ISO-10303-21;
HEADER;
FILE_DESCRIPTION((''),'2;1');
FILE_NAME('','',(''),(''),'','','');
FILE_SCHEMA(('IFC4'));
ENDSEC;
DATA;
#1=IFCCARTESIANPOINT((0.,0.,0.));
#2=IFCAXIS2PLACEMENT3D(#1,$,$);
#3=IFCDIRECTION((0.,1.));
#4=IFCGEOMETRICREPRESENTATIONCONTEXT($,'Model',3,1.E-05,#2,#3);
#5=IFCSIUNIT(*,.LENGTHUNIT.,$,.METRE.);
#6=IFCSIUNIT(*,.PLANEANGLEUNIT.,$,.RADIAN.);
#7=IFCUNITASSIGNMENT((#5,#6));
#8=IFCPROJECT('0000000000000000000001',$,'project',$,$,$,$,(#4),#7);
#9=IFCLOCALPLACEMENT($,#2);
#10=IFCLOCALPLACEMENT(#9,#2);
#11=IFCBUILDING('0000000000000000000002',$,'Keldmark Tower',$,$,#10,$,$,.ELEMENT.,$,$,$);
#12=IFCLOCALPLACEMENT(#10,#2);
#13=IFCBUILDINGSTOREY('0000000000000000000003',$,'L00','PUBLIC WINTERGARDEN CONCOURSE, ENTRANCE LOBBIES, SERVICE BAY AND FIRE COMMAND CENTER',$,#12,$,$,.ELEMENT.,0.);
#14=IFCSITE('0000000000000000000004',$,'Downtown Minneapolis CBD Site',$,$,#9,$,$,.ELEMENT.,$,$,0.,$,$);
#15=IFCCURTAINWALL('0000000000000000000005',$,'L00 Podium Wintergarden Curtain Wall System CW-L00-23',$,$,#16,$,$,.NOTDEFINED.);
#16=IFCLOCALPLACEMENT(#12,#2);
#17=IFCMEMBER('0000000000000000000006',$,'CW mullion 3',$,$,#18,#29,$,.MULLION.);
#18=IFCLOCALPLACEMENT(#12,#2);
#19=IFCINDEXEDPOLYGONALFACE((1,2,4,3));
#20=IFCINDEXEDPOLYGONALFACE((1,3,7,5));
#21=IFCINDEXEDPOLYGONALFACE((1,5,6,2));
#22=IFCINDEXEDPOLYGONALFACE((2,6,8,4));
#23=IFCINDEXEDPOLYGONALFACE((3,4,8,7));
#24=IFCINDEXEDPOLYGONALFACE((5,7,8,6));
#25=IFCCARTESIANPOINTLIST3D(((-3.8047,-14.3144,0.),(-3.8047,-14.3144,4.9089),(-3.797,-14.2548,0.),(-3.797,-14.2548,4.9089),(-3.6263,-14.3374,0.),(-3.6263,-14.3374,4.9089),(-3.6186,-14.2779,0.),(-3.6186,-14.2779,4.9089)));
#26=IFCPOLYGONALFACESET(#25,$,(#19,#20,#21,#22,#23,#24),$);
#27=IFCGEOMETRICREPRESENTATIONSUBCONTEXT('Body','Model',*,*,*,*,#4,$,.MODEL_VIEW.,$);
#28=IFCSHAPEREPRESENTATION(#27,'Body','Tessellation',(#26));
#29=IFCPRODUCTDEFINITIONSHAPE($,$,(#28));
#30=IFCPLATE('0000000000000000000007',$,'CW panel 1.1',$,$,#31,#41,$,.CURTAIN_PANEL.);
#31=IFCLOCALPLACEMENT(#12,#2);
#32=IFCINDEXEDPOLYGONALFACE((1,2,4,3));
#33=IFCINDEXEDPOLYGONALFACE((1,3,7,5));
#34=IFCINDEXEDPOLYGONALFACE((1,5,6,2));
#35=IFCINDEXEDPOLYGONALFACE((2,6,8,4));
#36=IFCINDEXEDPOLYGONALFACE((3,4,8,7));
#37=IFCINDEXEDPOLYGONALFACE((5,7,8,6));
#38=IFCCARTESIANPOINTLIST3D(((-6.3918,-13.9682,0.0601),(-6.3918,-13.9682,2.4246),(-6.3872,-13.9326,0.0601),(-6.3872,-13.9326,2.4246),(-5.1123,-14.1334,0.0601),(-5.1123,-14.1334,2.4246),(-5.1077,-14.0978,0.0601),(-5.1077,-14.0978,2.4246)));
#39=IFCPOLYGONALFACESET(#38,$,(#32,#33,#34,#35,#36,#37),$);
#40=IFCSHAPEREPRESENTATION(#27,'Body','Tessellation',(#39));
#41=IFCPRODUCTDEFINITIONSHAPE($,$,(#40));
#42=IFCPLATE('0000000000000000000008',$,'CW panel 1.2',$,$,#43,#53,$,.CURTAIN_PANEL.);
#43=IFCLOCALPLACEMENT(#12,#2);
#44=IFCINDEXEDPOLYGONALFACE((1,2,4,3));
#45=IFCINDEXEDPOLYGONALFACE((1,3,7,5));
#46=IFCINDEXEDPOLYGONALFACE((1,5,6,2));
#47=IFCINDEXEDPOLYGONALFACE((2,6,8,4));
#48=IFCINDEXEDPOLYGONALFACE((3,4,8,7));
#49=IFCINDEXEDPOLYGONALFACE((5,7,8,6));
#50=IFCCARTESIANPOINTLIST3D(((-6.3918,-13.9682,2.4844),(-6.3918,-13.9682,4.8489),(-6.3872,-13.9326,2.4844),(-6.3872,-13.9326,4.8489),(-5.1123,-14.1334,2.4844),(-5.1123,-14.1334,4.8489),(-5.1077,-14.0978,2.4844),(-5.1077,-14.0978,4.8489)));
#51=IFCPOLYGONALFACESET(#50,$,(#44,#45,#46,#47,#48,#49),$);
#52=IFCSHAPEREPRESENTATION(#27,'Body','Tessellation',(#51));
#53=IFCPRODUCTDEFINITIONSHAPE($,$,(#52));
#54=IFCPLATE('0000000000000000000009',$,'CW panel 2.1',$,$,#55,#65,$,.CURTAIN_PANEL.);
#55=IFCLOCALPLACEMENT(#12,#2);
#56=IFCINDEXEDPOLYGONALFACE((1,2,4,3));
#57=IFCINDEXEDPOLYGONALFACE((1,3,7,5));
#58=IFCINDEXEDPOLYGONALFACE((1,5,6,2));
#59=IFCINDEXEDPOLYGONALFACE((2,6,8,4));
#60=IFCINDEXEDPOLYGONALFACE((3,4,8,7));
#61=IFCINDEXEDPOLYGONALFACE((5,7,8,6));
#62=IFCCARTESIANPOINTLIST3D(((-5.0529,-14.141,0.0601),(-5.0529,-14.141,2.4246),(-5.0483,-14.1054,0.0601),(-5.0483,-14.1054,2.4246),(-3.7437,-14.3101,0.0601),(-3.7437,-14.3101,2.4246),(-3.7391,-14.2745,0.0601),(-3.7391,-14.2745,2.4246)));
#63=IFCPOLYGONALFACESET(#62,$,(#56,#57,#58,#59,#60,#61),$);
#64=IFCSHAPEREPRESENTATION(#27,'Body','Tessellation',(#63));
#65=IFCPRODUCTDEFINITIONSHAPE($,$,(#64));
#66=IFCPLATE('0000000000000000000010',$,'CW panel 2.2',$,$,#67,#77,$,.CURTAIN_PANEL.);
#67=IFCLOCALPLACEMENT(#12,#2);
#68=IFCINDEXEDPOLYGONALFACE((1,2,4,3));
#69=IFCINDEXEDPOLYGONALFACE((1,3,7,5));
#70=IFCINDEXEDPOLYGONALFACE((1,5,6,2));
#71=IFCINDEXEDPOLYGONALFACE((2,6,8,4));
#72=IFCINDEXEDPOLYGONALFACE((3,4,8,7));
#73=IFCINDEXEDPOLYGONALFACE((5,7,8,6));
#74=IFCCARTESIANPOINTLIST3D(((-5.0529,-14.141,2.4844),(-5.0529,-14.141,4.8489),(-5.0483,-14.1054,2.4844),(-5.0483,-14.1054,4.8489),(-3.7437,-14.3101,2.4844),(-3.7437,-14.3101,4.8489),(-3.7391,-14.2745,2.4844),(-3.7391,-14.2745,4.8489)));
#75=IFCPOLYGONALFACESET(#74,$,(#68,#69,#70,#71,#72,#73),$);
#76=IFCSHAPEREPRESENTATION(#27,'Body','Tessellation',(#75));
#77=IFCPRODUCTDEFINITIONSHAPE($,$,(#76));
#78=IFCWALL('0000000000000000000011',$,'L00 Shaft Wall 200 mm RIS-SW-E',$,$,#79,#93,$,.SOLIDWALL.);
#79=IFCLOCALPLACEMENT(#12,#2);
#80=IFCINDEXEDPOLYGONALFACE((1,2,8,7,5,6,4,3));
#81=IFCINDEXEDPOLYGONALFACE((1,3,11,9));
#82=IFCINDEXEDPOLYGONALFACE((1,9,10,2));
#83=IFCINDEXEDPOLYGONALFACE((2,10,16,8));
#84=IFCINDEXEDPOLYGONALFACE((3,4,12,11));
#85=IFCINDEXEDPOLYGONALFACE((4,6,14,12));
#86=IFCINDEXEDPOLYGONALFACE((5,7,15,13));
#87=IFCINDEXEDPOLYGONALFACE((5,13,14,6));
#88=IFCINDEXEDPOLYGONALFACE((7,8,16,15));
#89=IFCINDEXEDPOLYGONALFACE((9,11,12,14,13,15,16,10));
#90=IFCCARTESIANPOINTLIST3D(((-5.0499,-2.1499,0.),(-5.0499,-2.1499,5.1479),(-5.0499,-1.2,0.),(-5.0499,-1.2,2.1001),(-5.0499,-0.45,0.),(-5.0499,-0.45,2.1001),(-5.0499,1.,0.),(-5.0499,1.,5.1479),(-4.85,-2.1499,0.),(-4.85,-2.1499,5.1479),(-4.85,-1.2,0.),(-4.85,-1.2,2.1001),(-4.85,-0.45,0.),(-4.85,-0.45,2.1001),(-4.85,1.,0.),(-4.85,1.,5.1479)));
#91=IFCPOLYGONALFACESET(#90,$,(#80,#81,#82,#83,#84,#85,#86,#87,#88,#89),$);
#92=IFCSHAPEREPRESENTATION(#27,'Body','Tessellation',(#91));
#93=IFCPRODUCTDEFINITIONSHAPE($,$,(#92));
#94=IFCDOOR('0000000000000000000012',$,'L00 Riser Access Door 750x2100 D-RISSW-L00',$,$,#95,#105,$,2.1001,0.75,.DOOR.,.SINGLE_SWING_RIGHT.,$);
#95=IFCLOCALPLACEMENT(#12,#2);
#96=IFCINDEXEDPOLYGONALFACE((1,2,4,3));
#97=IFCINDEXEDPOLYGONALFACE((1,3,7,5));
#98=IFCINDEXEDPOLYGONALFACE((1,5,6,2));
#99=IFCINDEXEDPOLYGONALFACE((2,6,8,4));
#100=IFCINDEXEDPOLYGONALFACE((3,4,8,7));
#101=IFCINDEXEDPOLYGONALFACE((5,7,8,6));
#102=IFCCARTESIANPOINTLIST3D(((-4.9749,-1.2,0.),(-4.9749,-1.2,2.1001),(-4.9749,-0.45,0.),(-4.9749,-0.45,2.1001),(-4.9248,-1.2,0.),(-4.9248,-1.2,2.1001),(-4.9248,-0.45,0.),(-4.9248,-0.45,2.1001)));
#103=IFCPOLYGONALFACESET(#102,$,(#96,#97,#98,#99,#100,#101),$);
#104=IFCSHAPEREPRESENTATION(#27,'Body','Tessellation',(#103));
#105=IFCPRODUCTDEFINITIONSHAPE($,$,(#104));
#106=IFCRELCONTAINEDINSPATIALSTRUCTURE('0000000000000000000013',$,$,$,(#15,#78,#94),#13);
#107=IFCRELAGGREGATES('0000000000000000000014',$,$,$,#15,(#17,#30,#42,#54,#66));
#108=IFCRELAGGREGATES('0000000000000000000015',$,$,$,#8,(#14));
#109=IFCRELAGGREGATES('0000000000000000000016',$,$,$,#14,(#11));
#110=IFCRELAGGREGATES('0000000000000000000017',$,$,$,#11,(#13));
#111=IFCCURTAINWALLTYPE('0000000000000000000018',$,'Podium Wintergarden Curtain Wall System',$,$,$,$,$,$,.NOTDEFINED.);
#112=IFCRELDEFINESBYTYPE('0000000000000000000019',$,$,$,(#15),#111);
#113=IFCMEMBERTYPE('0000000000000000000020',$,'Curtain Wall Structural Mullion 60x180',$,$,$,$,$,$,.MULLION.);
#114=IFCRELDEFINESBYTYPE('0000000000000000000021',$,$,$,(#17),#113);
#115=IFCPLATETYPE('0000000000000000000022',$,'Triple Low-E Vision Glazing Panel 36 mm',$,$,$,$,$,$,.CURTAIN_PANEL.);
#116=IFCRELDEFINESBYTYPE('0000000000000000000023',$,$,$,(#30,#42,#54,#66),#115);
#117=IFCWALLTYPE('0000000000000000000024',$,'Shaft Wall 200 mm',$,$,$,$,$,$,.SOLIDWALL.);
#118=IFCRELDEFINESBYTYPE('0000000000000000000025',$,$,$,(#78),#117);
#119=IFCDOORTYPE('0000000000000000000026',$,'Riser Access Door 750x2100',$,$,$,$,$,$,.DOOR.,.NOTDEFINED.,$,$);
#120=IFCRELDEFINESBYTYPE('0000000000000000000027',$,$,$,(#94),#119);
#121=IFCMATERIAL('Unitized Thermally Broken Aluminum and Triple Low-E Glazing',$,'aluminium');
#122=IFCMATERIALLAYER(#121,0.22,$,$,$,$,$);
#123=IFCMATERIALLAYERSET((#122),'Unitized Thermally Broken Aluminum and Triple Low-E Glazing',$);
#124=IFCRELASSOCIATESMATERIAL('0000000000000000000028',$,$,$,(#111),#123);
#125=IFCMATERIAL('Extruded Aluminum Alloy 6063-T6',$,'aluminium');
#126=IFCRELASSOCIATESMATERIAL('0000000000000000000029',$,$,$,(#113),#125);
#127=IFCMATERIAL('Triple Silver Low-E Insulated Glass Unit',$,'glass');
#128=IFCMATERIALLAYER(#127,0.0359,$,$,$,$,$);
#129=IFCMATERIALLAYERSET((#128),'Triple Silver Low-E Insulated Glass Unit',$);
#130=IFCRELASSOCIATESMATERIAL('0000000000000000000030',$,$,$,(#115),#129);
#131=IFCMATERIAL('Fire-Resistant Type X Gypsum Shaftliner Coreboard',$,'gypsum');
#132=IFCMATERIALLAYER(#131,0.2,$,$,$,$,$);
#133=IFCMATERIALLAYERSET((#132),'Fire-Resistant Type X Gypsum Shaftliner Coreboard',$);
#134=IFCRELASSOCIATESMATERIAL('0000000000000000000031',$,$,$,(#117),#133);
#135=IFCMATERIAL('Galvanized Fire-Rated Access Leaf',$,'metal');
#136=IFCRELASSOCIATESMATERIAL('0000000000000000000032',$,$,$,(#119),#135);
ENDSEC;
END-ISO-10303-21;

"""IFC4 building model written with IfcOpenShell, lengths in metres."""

from ifc_helpers import new_model, si_unit, direction, frame, frame_2d, origin, origin_2d, place, context, subcontext, project, spatial, rectangle, extrude, material, layer, layer_set, material_profile, profile_set, type_object, element, fill, aggregate, save


model = new_model("IFC4")

# Units and contexts
model_context = context("Model", 3, precision=1e-05, world=origin(), true_north=direction((0.0, 1.0)))
body_context = subcontext(model_context, "Body", "Model", "MODEL_VIEW")
ifc_project = project(units=[si_unit("LENGTHUNIT", "METRE"), si_unit("PLANEANGLEUNIT", "RADIAN")], contexts=[model_context])

# Site, building, storey
site_placement = place(None, origin())
site = spatial("IfcSite", under=ifc_project, at=site_placement, Name="Downtown Minneapolis CBD Site", CompositionType="ELEMENT", RefElevation=0.0)
building_placement = place(site_placement, origin())
building = spatial("IfcBuilding", under=site, at=building_placement, Name="Keldmark Tower", CompositionType="ELEMENT")
storey_placement = place(building_placement, origin())
storey = spatial("IfcBuildingStorey", under=building, at=storey_placement, Name="L00", Description="PUBLIC WINTERGARDEN CONCOURSE, ENTRANCE LOBBIES, SERVICE BAY AND FIRE COMMAND CENTER", CompositionType="ELEMENT", Elevation=0.0)

# Curtain wall, member, plates
ifc_material_1 = material(Name="Unitized Thermally Broken Aluminum and Triple Low-E Glazing", Category="aluminium")
ifc_layer_1 = layer(ifc_material_1, 0.22)
ifc_layer_set_1 = layer_set([ifc_layer_1], Name="Unitized Thermally Broken Aluminum and Triple Low-E Glazing")
curtain_wall_type = type_object("IfcCurtainWallType", Name="Podium Wintergarden Curtain Wall System", PredefinedType="NOTDEFINED", material=ifc_layer_set_1)
curtain_wall_placement = place(storey_placement, origin())
curtain_wall = element("IfcCurtainWall", 1, at=curtain_wall_placement, inside=storey, type_object=curtain_wall_type, Name="L00 Podium Wintergarden Curtain Wall System CW-L00-23", PredefinedType="NOTDEFINED")
ifc_material_2 = material(Name="Extruded Aluminum Alloy 6063-T6", Category="aluminium")
ifc_material_profile_1 = material_profile(ifc_material_2, rectangle(XDim=0.0601, YDim=0.1799, at=origin_2d()), Name="CWM60X180")
ifc_profile_set_1 = profile_set([ifc_material_profile_1], Name="Extruded Aluminum Alloy 6063-T6")
member_type_1 = type_object("IfcMemberType", Name="Curtain Wall Structural Mullion 60x180", PredefinedType="MULLION", material=ifc_profile_set_1)
member_1_placement = place(storey_placement, frame((-3.7117, -14.2961, 0.0), z_axis=(0.0, 0.0, 1.0), x_axis=(0.128062, 0.991766, 0.0)))
member_1 = element("IfcMember", 2, at=member_1_placement, type_object=member_type_1, Name="CW mullion 3", PredefinedType="MULLION", context=body_context, shape_type="SweptSolid", body=[
    extrude(rectangle(XDim=0.0601, YDim=0.1799, at=origin_2d()), origin(), (0.0, 0.0, 1.0), 4.9089),
])
ifc_material_3 = material(Name="Triple Silver Low-E Insulated Glass Unit", Category="glass")
ifc_layer_2 = layer(ifc_material_3, 0.0359)
ifc_layer_set_2 = layer_set([ifc_layer_2], Name="Triple Silver Low-E Insulated Glass Unit")
plate_type = type_object("IfcPlateType", Name="Triple Low-E Vision Glazing Panel 36 mm", PredefinedType="CURTAIN_PANEL", material=ifc_layer_set_2)
plate_1_placement = place(storey_placement, frame((-5.7498, -14.033, 0.0601), z_axis=(0.0, 0.0, 1.0), x_axis=(0.991766, -0.128062, 0.0)))
plate_1 = element("IfcPlate", 3, at=plate_1_placement, type_object=plate_type, Name="CW panel 1.1", PredefinedType="CURTAIN_PANEL", context=body_context, shape_type="SweptSolid", body=[
    extrude(rectangle(XDim=1.29, YDim=0.0359, at=origin_2d()), origin(), (0.0, 0.0, 1.0), 2.3645),
])
plate_2_placement = place(storey_placement, frame((-5.7498, -14.033, 2.4844), z_axis=(0.0, 0.0, 1.0), x_axis=(0.991766, -0.128062, 0.0)))
plate_2 = element("IfcPlate", 4, at=plate_2_placement, type_object=plate_type, Name="CW panel 1.2", PredefinedType="CURTAIN_PANEL", context=body_context, shape_type="SweptSolid", body=[
    extrude(rectangle(XDim=1.29, YDim=0.0359, at=origin_2d()), origin(), (0.0, 0.0, 1.0), 2.3645),
])
plate_3_placement = place(storey_placement, frame((-4.396, -14.2078, 0.0601), z_axis=(0.0, 0.0, 1.0), x_axis=(0.991766, -0.128062, 0.0)))
plate_3 = element("IfcPlate", 5, at=plate_3_placement, type_object=plate_type, Name="CW panel 2.1", PredefinedType="CURTAIN_PANEL", context=body_context, shape_type="SweptSolid", body=[
    extrude(rectangle(XDim=1.3201, YDim=0.0359, at=origin_2d()), origin(), (0.0, 0.0, 1.0), 2.3645),
])
plate_4_placement = place(storey_placement, frame((-4.396, -14.2078, 2.4844), z_axis=(0.0, 0.0, 1.0), x_axis=(0.991766, -0.128062, 0.0)))
plate_4 = element("IfcPlate", 6, at=plate_4_placement, type_object=plate_type, Name="CW panel 2.2", PredefinedType="CURTAIN_PANEL", context=body_context, shape_type="SweptSolid", body=[
    extrude(rectangle(XDim=1.3201, YDim=0.0359, at=origin_2d()), origin(), (0.0, 0.0, 1.0), 2.3645),
])
aggregate(curtain_wall, [member_1, plate_1, plate_2, plate_3, plate_4])

# Wall, opening, door
ifc_material_4 = material(Name="Fire-Resistant Type X Gypsum Shaftliner Coreboard", Category="gypsum")
ifc_layer_3 = layer(ifc_material_4, 0.2)
ifc_layer_set_3 = layer_set([ifc_layer_3], Name="Fire-Resistant Type X Gypsum Shaftliner Coreboard")
wall_type_1 = type_object("IfcWallType", Name="Shaft Wall 200 mm", PredefinedType="SOLIDWALL", material=ifc_layer_set_3)
wall_1_placement = place(storey_placement, frame((-4.95, -2.1499, 0.0), z_axis=(0.0, 0.0, 1.0), x_axis=(0.0, 1.0, 0.0)))
wall_1 = element("IfcWall", 7, at=wall_1_placement, inside=storey, type_object=wall_type_1, Name="L00 Shaft Wall 200 mm RIS-SW-E", PredefinedType="SOLIDWALL", context=body_context, shape_type="SweptSolid", body=[
    extrude(rectangle(XDim=3.1499, YDim=0.2, at=frame_2d((1.575, 0.0))), origin(), (0.0, 0.0, 1.0), 5.1479),
])
opening_1_placement = place(wall_1_placement, frame((0.95, 0.0, 0.0)))
opening_1 = element("IfcOpeningElement", 8, at=opening_1_placement, cuts=wall_1, PredefinedType="OPENING", context=body_context, shape_type="SweptSolid", body=[
    extrude(rectangle(XDim=0.75, YDim=2.1001, at=frame_2d((0.375, 1.05))), frame((0.0, 0.1099, 0.0), z_axis=(0.0, -1.0, 0.0), x_axis=(1.0, 0.0, 0.0)), (0.0, 0.0, 1.0), 0.22),
])
ifc_material_5 = material(Name="Galvanized Fire-Rated Access Leaf", Category="metal")
door_type_1 = type_object("IfcDoorType", Name="Riser Access Door 750x2100", OperationType="NOTDEFINED", PredefinedType="DOOR", material=ifc_material_5)
door_1_placement = place(opening_1_placement, origin())
door_1 = element("IfcDoor", 9, at=door_1_placement, inside=storey, type_object=door_type_1, Name="L00 Riser Access Door 750x2100 D-RISSW-L00", OperationType="SINGLE_SWING_RIGHT", OverallHeight=2.1001, OverallWidth=0.75, PredefinedType="DOOR", context=body_context, shape_type="SweptSolid", body=[
    extrude(rectangle(XDim=0.75, YDim=2.1001, at=frame_2d((0.375, 1.05))), frame((0.0, 0.0249, 0.0), z_axis=(0.0, -1.0, 0.0), x_axis=(1.0, 0.0, 0.0)), (0.0, 0.0, 1.0), 0.05),
])
fill(opening_1, door_1)

save(model, "model.ifc")
